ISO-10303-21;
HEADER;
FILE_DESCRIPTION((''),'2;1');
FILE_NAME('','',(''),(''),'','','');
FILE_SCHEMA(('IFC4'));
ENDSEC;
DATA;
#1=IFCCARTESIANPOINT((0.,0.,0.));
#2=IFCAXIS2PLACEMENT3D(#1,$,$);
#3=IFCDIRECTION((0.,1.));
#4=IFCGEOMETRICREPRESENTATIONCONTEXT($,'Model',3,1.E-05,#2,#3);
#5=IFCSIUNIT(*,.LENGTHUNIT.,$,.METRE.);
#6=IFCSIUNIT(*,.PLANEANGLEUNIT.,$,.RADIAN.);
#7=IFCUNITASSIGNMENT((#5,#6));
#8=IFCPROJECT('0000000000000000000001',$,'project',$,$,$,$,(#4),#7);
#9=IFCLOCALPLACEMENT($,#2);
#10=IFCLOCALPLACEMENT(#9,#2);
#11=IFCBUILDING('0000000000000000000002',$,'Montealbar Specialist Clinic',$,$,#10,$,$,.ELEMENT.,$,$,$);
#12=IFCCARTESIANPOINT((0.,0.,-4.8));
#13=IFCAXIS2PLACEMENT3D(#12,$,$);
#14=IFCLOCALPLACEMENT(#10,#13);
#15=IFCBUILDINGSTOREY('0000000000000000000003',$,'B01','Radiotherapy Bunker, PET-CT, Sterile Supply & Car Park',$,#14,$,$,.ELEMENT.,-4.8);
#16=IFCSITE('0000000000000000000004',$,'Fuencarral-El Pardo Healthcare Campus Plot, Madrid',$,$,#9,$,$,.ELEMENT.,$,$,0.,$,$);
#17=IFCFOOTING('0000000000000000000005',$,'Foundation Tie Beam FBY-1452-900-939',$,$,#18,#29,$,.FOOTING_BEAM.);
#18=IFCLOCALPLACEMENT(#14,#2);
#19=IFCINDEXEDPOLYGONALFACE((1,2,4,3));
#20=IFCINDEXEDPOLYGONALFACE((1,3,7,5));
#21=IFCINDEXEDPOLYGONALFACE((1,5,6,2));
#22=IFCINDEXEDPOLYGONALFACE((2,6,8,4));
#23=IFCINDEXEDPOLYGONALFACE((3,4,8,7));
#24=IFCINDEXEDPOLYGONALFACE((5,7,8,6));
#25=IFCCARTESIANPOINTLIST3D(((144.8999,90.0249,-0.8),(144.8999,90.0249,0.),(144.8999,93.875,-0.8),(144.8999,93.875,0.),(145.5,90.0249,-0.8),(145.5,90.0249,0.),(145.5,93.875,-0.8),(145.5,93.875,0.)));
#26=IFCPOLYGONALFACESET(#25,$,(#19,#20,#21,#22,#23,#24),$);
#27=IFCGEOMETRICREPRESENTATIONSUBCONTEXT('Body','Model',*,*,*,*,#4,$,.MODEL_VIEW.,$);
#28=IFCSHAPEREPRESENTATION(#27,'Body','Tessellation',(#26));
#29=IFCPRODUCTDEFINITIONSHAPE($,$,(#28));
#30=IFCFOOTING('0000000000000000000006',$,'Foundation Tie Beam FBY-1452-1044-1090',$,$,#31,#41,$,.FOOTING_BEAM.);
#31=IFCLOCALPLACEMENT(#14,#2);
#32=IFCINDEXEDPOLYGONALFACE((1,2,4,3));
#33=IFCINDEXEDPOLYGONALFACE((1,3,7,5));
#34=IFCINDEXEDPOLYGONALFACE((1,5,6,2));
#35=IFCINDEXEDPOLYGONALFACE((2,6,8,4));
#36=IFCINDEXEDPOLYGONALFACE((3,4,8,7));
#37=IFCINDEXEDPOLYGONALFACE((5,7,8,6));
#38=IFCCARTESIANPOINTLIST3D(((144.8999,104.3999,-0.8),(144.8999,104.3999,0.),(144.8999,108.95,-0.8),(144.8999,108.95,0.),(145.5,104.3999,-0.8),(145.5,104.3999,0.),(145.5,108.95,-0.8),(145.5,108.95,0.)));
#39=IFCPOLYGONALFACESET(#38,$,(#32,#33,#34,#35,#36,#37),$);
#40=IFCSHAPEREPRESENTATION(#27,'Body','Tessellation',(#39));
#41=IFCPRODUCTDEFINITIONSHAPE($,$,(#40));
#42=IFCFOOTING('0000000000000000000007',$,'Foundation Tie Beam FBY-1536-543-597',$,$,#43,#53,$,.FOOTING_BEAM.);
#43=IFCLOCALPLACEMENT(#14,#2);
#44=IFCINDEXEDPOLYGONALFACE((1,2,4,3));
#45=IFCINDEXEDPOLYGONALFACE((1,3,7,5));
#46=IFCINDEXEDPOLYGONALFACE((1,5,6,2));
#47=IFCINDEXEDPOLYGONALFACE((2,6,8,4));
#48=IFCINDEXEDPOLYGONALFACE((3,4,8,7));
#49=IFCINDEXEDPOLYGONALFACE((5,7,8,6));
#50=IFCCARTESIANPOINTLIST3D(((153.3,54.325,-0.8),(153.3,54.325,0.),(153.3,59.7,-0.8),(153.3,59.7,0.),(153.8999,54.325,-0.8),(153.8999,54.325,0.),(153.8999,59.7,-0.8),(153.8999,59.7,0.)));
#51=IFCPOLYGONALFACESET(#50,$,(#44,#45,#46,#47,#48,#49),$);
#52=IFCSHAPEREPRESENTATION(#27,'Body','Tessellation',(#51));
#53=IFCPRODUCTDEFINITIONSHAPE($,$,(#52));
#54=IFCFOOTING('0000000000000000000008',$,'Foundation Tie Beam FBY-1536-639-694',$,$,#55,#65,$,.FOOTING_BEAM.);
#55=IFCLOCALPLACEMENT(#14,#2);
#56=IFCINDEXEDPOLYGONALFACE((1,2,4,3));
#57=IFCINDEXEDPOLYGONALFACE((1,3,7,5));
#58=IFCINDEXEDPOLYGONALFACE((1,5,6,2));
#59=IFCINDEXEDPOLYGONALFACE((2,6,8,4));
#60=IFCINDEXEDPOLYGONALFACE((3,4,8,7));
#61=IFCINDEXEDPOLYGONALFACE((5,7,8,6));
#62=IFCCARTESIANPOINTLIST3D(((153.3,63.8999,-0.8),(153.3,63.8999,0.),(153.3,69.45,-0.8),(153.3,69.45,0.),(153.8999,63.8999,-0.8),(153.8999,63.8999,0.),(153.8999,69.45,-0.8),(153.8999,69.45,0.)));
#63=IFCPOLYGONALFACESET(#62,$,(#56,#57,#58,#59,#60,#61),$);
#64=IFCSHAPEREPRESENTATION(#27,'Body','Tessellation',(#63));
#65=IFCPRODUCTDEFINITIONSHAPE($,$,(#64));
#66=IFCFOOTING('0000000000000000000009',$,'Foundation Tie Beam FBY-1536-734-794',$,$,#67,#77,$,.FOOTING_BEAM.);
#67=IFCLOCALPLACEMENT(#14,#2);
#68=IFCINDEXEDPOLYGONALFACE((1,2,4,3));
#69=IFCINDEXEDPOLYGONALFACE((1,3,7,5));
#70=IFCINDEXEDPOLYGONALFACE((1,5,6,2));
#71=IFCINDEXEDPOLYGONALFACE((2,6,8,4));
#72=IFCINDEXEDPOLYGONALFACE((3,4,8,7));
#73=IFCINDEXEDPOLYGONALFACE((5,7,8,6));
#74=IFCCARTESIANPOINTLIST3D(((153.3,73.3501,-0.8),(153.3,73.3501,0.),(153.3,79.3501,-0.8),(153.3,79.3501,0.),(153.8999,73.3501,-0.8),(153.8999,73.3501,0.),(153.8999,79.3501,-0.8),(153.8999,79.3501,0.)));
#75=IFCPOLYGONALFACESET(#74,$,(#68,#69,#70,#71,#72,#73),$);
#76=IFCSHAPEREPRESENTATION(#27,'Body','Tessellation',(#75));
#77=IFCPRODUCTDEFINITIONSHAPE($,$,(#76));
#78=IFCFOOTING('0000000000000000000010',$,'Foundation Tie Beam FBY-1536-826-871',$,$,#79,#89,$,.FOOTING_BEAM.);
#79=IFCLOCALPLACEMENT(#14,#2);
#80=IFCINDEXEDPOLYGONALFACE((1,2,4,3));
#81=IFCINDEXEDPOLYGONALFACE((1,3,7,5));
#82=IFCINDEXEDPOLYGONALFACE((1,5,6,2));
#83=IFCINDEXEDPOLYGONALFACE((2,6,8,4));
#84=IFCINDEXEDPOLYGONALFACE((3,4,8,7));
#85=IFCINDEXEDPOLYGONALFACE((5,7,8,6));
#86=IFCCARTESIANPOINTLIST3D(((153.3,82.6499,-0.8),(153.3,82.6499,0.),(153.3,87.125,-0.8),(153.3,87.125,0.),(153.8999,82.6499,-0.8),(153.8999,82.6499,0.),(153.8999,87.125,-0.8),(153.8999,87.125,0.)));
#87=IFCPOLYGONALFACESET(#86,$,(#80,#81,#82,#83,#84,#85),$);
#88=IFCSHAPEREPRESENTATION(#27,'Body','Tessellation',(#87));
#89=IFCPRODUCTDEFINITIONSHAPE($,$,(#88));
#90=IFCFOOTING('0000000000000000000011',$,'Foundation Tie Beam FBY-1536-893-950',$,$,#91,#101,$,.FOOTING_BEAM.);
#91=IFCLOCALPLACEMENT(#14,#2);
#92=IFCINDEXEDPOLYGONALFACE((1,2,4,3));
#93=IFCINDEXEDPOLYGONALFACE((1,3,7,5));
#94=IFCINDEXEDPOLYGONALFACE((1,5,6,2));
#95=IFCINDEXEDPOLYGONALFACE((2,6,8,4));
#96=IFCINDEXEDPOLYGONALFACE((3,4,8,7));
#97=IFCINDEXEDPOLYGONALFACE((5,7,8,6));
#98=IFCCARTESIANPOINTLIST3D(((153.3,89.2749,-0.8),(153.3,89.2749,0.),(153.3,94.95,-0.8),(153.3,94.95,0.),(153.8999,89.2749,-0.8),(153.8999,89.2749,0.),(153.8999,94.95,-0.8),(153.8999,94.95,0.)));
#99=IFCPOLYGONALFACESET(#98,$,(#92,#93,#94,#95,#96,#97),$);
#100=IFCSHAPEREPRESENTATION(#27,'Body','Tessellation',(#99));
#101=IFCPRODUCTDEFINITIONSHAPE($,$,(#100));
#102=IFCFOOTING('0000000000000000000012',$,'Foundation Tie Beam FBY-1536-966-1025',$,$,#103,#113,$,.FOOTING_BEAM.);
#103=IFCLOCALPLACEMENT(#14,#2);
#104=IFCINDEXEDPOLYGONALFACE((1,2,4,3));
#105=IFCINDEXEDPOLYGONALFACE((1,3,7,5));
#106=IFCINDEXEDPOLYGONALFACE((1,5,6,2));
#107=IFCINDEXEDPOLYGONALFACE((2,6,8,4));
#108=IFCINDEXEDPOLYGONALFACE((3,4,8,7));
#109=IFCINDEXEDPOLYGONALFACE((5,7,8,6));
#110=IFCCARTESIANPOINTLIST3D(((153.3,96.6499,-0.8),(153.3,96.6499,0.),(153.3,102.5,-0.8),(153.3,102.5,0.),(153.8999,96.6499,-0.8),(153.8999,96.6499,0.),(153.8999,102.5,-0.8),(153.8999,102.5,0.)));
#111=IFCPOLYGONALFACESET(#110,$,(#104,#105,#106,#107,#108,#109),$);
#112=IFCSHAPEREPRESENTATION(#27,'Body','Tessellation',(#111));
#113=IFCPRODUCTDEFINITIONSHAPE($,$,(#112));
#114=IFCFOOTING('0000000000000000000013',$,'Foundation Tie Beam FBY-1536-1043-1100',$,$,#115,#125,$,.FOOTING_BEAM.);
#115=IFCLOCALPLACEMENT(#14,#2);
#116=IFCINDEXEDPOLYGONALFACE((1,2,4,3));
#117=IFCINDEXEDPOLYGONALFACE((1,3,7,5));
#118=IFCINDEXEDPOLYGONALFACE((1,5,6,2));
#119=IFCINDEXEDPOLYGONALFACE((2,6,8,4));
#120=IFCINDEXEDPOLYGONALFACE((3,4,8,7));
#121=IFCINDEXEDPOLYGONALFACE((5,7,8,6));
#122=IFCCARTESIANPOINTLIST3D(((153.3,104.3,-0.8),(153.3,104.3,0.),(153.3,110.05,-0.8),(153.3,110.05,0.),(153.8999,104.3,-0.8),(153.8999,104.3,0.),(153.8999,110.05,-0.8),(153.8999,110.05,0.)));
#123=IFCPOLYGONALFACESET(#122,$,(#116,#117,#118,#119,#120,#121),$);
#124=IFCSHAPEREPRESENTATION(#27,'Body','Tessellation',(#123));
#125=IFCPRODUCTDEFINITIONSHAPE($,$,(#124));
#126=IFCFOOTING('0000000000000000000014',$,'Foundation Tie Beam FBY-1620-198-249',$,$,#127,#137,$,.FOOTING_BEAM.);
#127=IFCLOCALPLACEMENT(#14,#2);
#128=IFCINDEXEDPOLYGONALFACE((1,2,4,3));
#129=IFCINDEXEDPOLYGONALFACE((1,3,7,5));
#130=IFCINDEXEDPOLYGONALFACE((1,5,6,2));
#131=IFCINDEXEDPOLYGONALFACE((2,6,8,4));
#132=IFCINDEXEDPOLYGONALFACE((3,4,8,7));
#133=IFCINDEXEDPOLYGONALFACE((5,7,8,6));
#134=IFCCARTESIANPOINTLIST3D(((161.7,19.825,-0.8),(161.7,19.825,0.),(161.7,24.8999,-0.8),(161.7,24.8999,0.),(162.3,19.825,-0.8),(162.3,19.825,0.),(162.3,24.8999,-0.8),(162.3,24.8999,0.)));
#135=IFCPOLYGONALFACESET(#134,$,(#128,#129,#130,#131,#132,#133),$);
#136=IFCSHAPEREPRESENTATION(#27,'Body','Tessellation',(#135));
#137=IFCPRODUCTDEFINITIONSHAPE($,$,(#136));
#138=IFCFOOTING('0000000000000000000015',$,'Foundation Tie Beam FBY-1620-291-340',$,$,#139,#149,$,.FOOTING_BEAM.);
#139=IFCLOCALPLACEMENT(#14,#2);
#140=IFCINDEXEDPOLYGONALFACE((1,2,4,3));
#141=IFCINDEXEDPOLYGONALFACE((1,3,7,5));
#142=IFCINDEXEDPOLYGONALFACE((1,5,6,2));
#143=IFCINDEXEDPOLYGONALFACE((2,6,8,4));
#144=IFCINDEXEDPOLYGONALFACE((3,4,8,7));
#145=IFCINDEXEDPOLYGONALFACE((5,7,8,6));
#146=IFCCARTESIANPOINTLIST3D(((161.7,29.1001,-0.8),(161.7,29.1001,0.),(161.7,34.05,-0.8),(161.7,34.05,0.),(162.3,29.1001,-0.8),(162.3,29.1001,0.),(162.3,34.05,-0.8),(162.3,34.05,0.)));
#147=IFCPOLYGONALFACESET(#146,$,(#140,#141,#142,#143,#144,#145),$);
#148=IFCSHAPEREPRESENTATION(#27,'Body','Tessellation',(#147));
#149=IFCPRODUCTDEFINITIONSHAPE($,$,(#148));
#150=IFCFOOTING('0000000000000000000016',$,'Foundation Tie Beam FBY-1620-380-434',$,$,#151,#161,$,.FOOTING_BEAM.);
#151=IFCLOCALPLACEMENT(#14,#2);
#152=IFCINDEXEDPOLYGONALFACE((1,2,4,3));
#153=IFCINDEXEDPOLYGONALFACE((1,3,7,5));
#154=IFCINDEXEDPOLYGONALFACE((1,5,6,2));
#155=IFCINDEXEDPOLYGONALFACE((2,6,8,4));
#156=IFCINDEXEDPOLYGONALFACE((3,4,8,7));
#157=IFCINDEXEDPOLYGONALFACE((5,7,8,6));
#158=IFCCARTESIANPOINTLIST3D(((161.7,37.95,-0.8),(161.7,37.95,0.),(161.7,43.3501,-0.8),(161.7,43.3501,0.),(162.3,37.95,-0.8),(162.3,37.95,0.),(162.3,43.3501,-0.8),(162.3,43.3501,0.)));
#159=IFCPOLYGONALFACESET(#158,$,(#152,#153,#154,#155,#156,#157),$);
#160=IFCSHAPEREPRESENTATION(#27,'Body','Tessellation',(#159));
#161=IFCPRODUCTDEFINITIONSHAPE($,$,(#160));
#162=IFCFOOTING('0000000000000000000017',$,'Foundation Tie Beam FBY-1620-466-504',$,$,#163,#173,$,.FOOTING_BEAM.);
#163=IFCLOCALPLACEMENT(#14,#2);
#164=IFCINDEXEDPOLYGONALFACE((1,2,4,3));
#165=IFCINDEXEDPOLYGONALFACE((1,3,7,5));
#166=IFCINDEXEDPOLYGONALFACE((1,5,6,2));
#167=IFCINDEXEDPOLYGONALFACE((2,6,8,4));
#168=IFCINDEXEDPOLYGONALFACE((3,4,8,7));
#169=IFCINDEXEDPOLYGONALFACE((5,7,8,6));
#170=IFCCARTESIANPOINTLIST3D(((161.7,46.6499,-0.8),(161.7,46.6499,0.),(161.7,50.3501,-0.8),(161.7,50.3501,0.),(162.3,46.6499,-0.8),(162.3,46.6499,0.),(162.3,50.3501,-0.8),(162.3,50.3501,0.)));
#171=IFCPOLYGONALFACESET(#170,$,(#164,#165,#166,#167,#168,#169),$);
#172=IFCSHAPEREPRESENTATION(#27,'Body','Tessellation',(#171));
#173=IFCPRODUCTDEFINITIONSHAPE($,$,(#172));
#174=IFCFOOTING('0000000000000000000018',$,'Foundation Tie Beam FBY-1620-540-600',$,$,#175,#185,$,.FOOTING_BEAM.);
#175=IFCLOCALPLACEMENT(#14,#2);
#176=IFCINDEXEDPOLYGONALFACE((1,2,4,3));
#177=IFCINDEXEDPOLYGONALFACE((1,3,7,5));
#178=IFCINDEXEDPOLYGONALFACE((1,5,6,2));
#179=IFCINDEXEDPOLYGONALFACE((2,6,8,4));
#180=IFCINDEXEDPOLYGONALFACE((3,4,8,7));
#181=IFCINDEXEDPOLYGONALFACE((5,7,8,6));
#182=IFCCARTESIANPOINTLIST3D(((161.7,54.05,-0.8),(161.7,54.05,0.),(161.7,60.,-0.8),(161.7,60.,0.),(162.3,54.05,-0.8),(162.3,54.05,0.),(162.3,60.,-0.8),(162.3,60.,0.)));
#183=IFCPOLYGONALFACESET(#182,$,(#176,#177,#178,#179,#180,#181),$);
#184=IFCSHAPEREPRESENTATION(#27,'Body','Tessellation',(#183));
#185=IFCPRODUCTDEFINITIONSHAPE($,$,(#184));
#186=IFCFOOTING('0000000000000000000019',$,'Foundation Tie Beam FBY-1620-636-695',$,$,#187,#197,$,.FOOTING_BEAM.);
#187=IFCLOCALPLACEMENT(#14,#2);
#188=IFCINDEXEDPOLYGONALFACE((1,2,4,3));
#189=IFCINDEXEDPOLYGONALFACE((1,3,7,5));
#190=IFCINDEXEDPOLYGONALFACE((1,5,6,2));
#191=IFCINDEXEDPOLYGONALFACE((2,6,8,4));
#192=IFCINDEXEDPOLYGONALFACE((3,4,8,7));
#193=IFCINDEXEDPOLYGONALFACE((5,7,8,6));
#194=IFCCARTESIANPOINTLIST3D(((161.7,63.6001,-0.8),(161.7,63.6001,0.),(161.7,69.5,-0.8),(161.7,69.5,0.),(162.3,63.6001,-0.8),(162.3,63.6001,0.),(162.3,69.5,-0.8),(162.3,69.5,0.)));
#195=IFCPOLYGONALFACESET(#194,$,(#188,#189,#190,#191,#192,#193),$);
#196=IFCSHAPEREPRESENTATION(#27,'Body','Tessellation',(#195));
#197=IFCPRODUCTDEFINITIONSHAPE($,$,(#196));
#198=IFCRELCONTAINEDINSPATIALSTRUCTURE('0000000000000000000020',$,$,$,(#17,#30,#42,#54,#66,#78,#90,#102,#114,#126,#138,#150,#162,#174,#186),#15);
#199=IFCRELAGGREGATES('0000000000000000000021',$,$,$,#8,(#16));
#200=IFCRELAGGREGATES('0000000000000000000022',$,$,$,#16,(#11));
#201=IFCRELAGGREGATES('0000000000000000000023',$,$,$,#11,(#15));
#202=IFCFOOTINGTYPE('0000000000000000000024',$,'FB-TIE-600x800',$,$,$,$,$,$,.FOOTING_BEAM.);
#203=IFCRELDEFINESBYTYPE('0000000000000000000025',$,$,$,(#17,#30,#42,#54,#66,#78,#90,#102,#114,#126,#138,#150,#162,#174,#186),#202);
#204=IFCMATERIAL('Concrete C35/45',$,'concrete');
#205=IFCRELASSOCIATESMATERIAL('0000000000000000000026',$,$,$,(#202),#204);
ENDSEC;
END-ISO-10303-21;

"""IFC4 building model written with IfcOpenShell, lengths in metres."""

from ifc_helpers import new_model, si_unit, direction, frame, origin, place, context, subcontext, project, spatial, polyline, outline, extrude, material, type_object, element, save


model = new_model("IFC4")

# Units and contexts
model_context = context("Model", 3, precision=1e-05, world=origin(), true_north=direction((0.0, 1.0)))
body_context = subcontext(model_context, "Body", "Model", "MODEL_VIEW")
ifc_project = project(units=[si_unit("LENGTHUNIT", "METRE"), si_unit("PLANEANGLEUNIT", "RADIAN")], contexts=[model_context])

# Site, building, storey
site_placement = place(None, origin())
site = spatial("IfcSite", under=ifc_project, at=site_placement, Name="Fuencarral-El Pardo Healthcare Campus Plot, Madrid", CompositionType="ELEMENT", RefElevation=0.0)
building_placement = place(site_placement, origin())
building = spatial("IfcBuilding", under=site, at=building_placement, Name="Montealbar Specialist Clinic", CompositionType="ELEMENT")
storey_placement = place(building_placement, frame((0.0, 0.0, -4.8)))
storey = spatial("IfcBuildingStorey", under=building, at=storey_placement, Name="B01", Description="Radiotherapy Bunker, PET-CT, Sterile Supply & Car Park", CompositionType="ELEMENT", Elevation=-4.8)

# Footings
ifc_material = material(Name="Concrete C35/45", Category="concrete")
footing_type_1 = type_object("IfcFootingType", Name="FB-TIE-600x800", PredefinedType="FOOTING_BEAM", material=ifc_material)
footing_1_placement = place(storey_placement, frame((0.0, 0.0, -0.8)))
element("IfcFooting", 1, at=footing_1_placement, inside=storey, type_object=footing_type_1, Name="Foundation Tie Beam FBY-1452-900-939", PredefinedType="FOOTING_BEAM", context=body_context, shape_type="SweptSolid", body=[
    extrude(outline(polyline([(144.8999, 90.0249), (145.5, 90.0249), (145.5, 93.875), (144.8999, 93.875), (144.8999, 90.0249)])), origin(), (0.0, 0.0, 1.0), 0.8),
])
footing_2_placement = place(storey_placement, frame((0.0, 0.0, -0.8)))
element("IfcFooting", 2, at=footing_2_placement, inside=storey, type_object=footing_type_1, Name="Foundation Tie Beam FBY-1452-1044-1090", PredefinedType="FOOTING_BEAM", context=body_context, shape_type="SweptSolid", body=[
    extrude(outline(polyline([(144.8999, 104.3999), (145.5, 104.3999), (145.5, 108.95), (144.8999, 108.95), (144.8999, 104.3999)])), origin(), (0.0, 0.0, 1.0), 0.8),
])
footing_3_placement = place(storey_placement, frame((0.0, 0.0, -0.8)))
element("IfcFooting", 3, at=footing_3_placement, inside=storey, type_object=footing_type_1, Name="Foundation Tie Beam FBY-1536-543-597", PredefinedType="FOOTING_BEAM", context=body_context, shape_type="SweptSolid", body=[
    extrude(outline(polyline([(153.3, 54.325), (153.8999, 54.325), (153.8999, 59.7), (153.3, 59.7), (153.3, 54.325)])), origin(), (0.0, 0.0, 1.0), 0.8),
])
footing_4_placement = place(storey_placement, frame((0.0, 0.0, -0.8)))
element("IfcFooting", 4, at=footing_4_placement, inside=storey, type_object=footing_type_1, Name="Foundation Tie Beam FBY-1536-639-694", PredefinedType="FOOTING_BEAM", context=body_context, shape_type="SweptSolid", body=[
    extrude(outline(polyline([(153.3, 63.8999), (153.8999, 63.8999), (153.8999, 69.45), (153.3, 69.45), (153.3, 63.8999)])), origin(), (0.0, 0.0, 1.0), 0.8),
])
footing_5_placement = place(storey_placement, frame((0.0, 0.0, -0.8)))
element("IfcFooting", 5, at=footing_5_placement, inside=storey, type_object=footing_type_1, Name="Foundation Tie Beam FBY-1536-734-794", PredefinedType="FOOTING_BEAM", context=body_context, shape_type="SweptSolid", body=[
    extrude(outline(polyline([(153.3, 73.3501), (153.8999, 73.3501), (153.8999, 79.3501), (153.3, 79.3501), (153.3, 73.3501)])), origin(), (0.0, 0.0, 1.0), 0.8),
])
footing_6_placement = place(storey_placement, frame((0.0, 0.0, -0.8)))
element("IfcFooting", 6, at=footing_6_placement, inside=storey, type_object=footing_type_1, Name="Foundation Tie Beam FBY-1536-826-871", PredefinedType="FOOTING_BEAM", context=body_context, shape_type="SweptSolid", body=[
    extrude(outline(polyline([(153.3, 82.6499), (153.8999, 82.6499), (153.8999, 87.125), (153.3, 87.125), (153.3, 82.6499)])), origin(), (0.0, 0.0, 1.0), 0.8),
])
footing_7_placement = place(storey_placement, frame((0.0, 0.0, -0.8)))
element("IfcFooting", 7, at=footing_7_placement, inside=storey, type_object=footing_type_1, Name="Foundation Tie Beam FBY-1536-893-950", PredefinedType="FOOTING_BEAM", context=body_context, shape_type="SweptSolid", body=[
    extrude(outline(polyline([(153.3, 89.2749), (153.8999, 89.2749), (153.8999, 94.95), (153.3, 94.95), (153.3, 89.2749)])), origin(), (0.0, 0.0, 1.0), 0.8),
])
footing_8_placement = place(storey_placement, frame((0.0, 0.0, -0.8)))
element("IfcFooting", 8, at=footing_8_placement, inside=storey, type_object=footing_type_1, Name="Foundation Tie Beam FBY-1536-966-1025", PredefinedType="FOOTING_BEAM", context=body_context, shape_type="SweptSolid", body=[
    extrude(outline(polyline([(153.3, 96.6499), (153.8999, 96.6499), (153.8999, 102.5), (153.3, 102.5), (153.3, 96.6499)])), origin(), (0.0, 0.0, 1.0), 0.8),
])
footing_9_placement = place(storey_placement, frame((0.0, 0.0, -0.8)))
element("IfcFooting", 9, at=footing_9_placement, inside=storey, type_object=footing_type_1, Name="Foundation Tie Beam FBY-1536-1043-1100", PredefinedType="FOOTING_BEAM", context=body_context, shape_type="SweptSolid", body=[
    extrude(outline(polyline([(153.3, 104.3), (153.8999, 104.3), (153.8999, 110.05), (153.3, 110.05), (153.3, 104.3)])), origin(), (0.0, 0.0, 1.0), 0.8),
])
footing_10_placement = place(storey_placement, frame((0.0, 0.0, -0.8)))
element("IfcFooting", 10, at=footing_10_placement, inside=storey, type_object=footing_type_1, Name="Foundation Tie Beam FBY-1620-198-249", PredefinedType="FOOTING_BEAM", context=body_context, shape_type="SweptSolid", body=[
    extrude(outline(polyline([(161.7, 19.825), (162.3, 19.825), (162.3, 24.8999), (161.7, 24.8999), (161.7, 19.825)])), origin(), (0.0, 0.0, 1.0), 0.8),
])
footing_11_placement = place(storey_placement, frame((0.0, 0.0, -0.8)))
element("IfcFooting", 11, at=footing_11_placement, inside=storey, type_object=footing_type_1, Name="Foundation Tie Beam FBY-1620-291-340", PredefinedType="FOOTING_BEAM", context=body_context, shape_type="SweptSolid", body=[
    extrude(outline(polyline([(161.7, 29.1001), (162.3, 29.1001), (162.3, 34.05), (161.7, 34.05), (161.7, 29.1001)])), origin(), (0.0, 0.0, 1.0), 0.8),
])
footing_12_placement = place(storey_placement, frame((0.0, 0.0, -0.8)))
element("IfcFooting", 12, at=footing_12_placement, inside=storey, type_object=footing_type_1, Name="Foundation Tie Beam FBY-1620-380-434", PredefinedType="FOOTING_BEAM", context=body_context, shape_type="SweptSolid", body=[
    extrude(outline(polyline([(161.7, 37.95), (162.3, 37.95), (162.3, 43.3501), (161.7, 43.3501), (161.7, 37.95)])), origin(), (0.0, 0.0, 1.0), 0.8),
])
footing_13_placement = place(storey_placement, frame((0.0, 0.0, -0.8)))
element("IfcFooting", 13, at=footing_13_placement, inside=storey, type_object=footing_type_1, Name="Foundation Tie Beam FBY-1620-466-504", PredefinedType="FOOTING_BEAM", context=body_context, shape_type="SweptSolid", body=[
    extrude(outline(polyline([(161.7, 46.6499), (162.3, 46.6499), (162.3, 50.3501), (161.7, 50.3501), (161.7, 46.6499)])), origin(), (0.0, 0.0, 1.0), 0.8),
])
footing_14_placement = place(storey_placement, frame((0.0, 0.0, -0.8)))
element("IfcFooting", 14, at=footing_14_placement, inside=storey, type_object=footing_type_1, Name="Foundation Tie Beam FBY-1620-540-600", PredefinedType="FOOTING_BEAM", context=body_context, shape_type="SweptSolid", body=[
    extrude(outline(polyline([(161.7, 54.05), (162.3, 54.05), (162.3, 60.0), (161.7, 60.0), (161.7, 54.05)])), origin(), (0.0, 0.0, 1.0), 0.8),
])
footing_15_placement = place(storey_placement, frame((0.0, 0.0, -0.8)))
element("IfcFooting", 15, at=footing_15_placement, inside=storey, type_object=footing_type_1, Name="Foundation Tie Beam FBY-1620-636-695", PredefinedType="FOOTING_BEAM", context=body_context, shape_type="SweptSolid", body=[
    extrude(outline(polyline([(161.7, 63.6001), (162.3, 63.6001), (162.3, 69.5), (161.7, 69.5), (161.7, 63.6001)])), origin(), (0.0, 0.0, 1.0), 0.8),
])

save(model, "model.ifc")
